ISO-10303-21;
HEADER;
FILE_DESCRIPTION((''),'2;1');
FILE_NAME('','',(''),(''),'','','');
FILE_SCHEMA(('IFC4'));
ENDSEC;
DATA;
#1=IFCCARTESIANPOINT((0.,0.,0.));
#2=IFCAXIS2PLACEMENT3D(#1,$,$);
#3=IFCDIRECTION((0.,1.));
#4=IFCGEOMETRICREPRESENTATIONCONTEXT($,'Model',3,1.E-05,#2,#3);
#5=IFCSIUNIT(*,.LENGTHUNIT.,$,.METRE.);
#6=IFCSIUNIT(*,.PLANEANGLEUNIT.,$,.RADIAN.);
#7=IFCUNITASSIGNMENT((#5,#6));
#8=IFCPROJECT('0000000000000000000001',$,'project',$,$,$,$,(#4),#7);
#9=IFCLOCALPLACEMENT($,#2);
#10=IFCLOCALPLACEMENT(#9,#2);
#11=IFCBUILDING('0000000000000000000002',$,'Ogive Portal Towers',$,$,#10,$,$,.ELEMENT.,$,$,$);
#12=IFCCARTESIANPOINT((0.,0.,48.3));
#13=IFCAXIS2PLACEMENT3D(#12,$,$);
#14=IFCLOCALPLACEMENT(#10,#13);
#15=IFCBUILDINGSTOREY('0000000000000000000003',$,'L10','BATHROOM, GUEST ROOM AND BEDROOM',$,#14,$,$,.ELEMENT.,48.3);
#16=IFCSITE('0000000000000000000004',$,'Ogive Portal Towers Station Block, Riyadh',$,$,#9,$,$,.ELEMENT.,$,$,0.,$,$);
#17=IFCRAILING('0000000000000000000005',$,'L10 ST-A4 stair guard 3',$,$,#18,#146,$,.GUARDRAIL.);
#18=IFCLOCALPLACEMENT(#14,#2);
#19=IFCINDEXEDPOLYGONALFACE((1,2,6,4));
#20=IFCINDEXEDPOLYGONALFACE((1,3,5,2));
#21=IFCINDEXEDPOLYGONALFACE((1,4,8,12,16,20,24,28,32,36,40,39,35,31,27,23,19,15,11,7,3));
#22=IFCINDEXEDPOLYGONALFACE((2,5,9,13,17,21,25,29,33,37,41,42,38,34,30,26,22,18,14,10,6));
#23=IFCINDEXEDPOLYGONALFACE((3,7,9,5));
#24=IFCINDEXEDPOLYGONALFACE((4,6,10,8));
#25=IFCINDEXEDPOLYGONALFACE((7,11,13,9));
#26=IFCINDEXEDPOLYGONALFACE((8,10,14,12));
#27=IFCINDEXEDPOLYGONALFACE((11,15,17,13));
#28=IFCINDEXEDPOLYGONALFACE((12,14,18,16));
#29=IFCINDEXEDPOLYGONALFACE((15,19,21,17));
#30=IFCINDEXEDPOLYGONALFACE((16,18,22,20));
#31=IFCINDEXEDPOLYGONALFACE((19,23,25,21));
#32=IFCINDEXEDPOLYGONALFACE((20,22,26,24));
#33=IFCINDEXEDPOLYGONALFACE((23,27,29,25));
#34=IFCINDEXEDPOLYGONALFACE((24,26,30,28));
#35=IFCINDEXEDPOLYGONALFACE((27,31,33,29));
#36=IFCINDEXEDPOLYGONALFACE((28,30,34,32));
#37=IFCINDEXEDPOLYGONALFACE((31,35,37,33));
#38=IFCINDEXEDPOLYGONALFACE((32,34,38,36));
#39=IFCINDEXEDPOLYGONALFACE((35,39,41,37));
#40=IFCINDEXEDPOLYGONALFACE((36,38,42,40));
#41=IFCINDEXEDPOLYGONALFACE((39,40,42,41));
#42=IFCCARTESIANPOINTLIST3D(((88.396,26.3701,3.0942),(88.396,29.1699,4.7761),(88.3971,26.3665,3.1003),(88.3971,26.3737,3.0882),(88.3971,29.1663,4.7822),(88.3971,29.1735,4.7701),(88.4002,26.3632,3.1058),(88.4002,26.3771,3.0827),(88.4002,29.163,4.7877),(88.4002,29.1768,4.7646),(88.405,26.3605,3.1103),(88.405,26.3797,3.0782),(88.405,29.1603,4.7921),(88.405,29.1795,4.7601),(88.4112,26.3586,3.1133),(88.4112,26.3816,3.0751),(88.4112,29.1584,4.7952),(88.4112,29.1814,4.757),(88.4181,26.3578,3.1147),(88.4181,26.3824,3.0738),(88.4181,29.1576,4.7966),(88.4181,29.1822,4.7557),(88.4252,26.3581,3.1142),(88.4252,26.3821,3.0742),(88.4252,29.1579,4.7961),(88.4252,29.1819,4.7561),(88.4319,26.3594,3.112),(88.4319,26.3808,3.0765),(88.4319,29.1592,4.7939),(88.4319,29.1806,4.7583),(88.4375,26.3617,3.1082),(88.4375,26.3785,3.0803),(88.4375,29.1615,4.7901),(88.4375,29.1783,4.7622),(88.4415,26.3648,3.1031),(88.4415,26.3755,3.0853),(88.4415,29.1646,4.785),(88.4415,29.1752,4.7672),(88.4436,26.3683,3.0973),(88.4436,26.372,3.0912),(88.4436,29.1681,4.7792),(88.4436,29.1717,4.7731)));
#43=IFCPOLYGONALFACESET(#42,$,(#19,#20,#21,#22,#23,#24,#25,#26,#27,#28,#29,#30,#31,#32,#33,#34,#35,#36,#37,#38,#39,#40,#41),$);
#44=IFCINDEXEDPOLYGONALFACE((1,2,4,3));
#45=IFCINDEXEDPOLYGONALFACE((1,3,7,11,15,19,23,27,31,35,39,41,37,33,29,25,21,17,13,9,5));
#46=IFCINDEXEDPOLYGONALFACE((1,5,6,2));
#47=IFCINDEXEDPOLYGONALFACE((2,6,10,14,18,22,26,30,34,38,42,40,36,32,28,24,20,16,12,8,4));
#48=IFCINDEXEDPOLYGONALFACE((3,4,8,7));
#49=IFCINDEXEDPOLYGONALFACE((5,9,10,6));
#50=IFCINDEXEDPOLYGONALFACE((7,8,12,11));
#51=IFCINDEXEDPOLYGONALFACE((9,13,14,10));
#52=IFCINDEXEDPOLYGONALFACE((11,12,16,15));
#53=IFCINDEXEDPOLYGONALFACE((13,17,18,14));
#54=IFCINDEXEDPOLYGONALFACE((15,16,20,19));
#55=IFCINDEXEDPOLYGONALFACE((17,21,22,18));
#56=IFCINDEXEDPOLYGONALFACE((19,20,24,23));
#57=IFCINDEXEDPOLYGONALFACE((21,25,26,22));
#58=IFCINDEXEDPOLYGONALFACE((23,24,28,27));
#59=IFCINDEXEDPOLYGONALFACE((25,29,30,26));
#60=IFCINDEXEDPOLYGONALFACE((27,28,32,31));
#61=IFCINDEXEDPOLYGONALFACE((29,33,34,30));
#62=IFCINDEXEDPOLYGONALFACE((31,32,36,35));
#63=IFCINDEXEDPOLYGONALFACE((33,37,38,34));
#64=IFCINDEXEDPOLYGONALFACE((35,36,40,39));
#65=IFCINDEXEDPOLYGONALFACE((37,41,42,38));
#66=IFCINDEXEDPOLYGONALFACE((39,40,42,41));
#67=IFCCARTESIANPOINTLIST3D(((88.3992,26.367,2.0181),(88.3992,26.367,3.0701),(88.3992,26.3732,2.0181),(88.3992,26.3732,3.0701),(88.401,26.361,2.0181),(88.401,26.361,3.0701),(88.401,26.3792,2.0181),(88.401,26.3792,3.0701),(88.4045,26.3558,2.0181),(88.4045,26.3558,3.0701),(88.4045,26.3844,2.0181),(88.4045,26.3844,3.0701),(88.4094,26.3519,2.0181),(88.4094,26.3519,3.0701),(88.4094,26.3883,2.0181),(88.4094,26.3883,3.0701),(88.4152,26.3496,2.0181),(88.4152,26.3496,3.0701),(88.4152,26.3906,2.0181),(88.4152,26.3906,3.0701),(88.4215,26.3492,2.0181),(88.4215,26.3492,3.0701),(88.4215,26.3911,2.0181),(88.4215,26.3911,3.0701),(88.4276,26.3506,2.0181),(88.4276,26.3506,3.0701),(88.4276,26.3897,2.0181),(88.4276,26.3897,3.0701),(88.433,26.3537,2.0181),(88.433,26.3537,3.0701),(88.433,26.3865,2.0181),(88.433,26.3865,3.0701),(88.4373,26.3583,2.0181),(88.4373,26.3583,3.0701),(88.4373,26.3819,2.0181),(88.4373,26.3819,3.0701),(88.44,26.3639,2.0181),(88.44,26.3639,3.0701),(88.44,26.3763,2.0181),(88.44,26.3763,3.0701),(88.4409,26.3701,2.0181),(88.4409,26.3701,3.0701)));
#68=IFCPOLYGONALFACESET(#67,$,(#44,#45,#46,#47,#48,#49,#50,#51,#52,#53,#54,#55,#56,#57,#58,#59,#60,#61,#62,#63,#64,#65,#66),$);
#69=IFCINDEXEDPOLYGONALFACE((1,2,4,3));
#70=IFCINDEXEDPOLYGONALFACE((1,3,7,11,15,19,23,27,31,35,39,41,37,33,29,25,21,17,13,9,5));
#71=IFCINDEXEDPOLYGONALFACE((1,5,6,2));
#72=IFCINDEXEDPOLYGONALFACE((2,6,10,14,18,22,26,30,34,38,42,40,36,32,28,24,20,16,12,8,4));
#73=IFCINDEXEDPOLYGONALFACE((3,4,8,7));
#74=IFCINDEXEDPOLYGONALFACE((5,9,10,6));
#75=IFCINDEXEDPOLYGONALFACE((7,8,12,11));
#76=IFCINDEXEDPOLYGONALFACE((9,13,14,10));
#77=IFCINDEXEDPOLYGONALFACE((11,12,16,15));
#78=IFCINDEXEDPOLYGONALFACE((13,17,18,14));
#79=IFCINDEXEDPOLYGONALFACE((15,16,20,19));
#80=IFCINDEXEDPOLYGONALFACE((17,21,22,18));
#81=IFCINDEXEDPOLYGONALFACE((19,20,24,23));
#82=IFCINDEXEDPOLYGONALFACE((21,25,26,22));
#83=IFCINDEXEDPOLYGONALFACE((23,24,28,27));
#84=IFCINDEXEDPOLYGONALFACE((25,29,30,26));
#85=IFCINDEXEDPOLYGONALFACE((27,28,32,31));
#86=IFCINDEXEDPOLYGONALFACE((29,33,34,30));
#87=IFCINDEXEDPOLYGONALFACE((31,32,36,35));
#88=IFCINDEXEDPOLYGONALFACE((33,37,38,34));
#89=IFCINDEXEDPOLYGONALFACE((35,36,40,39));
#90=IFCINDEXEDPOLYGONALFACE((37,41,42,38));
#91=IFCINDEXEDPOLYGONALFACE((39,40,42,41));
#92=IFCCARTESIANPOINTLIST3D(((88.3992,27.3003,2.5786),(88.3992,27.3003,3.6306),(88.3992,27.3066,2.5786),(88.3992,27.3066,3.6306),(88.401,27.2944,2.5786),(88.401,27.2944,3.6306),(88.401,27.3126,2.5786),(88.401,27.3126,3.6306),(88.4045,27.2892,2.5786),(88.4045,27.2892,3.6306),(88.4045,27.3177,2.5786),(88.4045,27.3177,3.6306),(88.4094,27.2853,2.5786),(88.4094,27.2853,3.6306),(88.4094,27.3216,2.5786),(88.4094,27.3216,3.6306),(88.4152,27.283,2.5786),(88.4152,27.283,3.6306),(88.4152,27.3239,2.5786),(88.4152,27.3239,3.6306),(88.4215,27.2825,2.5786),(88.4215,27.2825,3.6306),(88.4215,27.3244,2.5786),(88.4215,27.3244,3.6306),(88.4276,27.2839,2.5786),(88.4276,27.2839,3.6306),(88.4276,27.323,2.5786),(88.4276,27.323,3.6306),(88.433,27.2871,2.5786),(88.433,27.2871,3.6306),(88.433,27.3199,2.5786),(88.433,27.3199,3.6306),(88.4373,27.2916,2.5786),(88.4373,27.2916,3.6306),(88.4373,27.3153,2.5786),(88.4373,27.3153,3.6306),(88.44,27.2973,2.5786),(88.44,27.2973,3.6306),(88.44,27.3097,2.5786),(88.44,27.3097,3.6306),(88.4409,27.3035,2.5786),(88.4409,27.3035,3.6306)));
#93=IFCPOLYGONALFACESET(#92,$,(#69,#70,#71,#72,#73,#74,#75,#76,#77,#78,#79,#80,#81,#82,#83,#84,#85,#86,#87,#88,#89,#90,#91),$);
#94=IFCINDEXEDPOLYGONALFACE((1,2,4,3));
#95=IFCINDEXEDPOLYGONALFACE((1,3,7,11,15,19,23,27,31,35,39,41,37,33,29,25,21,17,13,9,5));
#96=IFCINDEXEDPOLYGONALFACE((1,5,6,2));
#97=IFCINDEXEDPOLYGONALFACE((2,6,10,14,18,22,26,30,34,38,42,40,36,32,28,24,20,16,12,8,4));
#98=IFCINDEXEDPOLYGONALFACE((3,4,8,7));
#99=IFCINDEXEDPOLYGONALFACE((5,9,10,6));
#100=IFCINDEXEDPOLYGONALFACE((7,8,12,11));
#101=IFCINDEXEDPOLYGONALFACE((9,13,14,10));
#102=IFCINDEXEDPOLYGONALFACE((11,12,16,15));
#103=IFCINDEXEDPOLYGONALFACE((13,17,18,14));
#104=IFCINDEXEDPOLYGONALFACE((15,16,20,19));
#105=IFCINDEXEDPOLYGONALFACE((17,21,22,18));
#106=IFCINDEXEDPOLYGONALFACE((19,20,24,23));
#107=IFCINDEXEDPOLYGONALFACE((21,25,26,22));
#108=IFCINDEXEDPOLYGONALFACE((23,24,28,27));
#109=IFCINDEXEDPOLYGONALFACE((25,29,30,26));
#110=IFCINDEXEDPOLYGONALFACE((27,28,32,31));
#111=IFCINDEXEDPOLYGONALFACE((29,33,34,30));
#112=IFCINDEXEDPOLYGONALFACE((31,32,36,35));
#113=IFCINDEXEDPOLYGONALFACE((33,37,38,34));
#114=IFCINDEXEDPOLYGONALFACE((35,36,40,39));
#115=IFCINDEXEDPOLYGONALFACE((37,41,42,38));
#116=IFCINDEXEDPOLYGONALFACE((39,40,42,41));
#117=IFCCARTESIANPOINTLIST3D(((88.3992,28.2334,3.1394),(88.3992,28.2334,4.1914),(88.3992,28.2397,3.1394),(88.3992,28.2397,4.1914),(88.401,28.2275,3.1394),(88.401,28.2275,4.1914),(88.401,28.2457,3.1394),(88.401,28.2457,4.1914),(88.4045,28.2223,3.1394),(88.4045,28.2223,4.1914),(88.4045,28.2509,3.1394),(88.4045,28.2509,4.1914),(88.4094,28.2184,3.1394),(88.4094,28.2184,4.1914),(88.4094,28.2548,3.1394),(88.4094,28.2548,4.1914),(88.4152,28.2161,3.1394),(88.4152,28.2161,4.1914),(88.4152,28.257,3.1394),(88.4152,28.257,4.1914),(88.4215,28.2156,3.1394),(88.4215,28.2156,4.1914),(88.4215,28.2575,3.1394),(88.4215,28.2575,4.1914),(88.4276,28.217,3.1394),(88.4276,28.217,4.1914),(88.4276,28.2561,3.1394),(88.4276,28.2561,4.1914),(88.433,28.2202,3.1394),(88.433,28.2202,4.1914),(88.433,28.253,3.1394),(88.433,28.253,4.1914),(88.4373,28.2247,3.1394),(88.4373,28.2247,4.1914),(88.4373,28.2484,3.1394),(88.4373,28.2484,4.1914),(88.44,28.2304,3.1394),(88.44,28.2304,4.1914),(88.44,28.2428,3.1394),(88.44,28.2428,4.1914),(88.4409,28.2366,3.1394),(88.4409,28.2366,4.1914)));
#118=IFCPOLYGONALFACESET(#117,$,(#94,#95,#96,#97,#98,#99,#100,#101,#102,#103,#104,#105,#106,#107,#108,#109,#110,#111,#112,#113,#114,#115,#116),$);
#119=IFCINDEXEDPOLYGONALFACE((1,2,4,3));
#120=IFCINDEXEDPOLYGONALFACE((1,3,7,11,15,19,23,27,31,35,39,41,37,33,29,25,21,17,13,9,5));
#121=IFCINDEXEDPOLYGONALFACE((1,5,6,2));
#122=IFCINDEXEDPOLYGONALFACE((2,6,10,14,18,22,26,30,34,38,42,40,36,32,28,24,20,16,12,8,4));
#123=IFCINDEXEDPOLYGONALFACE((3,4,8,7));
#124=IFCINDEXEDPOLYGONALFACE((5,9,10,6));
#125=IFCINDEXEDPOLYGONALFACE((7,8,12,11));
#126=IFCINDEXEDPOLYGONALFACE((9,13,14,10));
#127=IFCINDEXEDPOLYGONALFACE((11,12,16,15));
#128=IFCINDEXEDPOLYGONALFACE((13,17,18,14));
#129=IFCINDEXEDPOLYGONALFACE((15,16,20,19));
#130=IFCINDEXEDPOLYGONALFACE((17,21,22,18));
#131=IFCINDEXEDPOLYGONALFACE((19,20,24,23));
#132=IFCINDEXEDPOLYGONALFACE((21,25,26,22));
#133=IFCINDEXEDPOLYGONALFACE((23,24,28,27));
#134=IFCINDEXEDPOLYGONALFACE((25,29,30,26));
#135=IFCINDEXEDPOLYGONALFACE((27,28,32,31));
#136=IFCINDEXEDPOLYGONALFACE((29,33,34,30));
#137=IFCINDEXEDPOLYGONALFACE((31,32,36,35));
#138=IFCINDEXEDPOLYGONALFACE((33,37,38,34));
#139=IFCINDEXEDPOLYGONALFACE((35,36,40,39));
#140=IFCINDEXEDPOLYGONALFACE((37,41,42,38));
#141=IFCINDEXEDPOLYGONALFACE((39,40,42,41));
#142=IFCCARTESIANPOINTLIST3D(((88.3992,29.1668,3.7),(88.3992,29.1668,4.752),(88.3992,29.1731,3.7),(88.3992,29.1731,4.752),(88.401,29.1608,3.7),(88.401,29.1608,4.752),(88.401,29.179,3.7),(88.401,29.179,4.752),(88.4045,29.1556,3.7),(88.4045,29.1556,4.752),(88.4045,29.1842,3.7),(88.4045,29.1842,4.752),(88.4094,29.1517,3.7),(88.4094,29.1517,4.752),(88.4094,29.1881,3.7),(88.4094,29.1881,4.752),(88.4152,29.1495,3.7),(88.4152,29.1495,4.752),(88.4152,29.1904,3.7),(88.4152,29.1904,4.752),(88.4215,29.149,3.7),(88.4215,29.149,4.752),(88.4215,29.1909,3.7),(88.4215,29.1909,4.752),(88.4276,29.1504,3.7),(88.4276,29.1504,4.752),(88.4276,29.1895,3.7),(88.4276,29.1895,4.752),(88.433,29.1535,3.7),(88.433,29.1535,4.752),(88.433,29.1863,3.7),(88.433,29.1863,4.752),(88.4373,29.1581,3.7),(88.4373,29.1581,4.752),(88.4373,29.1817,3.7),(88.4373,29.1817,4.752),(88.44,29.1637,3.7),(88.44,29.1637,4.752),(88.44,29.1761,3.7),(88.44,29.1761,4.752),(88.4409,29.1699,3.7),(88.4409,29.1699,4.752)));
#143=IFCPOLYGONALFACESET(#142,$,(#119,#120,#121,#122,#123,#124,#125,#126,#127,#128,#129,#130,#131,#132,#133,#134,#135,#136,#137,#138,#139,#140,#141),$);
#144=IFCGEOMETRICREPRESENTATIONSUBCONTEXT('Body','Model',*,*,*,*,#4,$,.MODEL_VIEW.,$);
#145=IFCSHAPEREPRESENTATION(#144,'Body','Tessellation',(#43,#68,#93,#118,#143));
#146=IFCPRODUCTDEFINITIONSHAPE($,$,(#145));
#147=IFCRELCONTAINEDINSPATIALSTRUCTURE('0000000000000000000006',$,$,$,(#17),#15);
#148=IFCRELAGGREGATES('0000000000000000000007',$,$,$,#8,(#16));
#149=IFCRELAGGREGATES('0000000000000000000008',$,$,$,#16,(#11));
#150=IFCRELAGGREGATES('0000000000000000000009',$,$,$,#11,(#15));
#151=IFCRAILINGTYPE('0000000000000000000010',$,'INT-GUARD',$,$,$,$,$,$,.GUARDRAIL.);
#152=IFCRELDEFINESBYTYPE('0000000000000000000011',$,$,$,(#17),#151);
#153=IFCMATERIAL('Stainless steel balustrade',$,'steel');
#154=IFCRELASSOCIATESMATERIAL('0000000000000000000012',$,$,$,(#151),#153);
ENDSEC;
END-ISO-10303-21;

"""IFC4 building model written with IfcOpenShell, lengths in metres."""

from ifc_helpers import new_model, si_unit, direction, frame, origin, origin_2d, place, context, subcontext, project, spatial, circle, extrude, material, type_object, element, save


model = new_model("IFC4")

# Units and contexts
model_context = context("Model", 3, precision=1e-05, world=origin(), true_north=direction((0.0, 1.0)))
body_context = subcontext(model_context, "Body", "Model", "MODEL_VIEW")
ifc_project = project(units=[si_unit("LENGTHUNIT", "METRE"), si_unit("PLANEANGLEUNIT", "RADIAN")], contexts=[model_context])

# Site, building, storey
site_placement = place(None, origin())
site = spatial("IfcSite", under=ifc_project, at=site_placement, Name="Ogive Portal Towers Station Block, Riyadh", CompositionType="ELEMENT", RefElevation=0.0)
building_placement = place(site_placement, origin())
building = spatial("IfcBuilding", under=site, at=building_placement, Name="Ogive Portal Towers", CompositionType="ELEMENT")
storey_placement = place(building_placement, frame((0.0, 0.0, 48.3)))
storey = spatial("IfcBuildingStorey", under=building, at=storey_placement, Name="L10", Description="BATHROOM, GUEST ROOM AND BEDROOM", CompositionType="ELEMENT", Elevation=48.3)

# Railing
ifc_material_1 = material(Name="Stainless steel balustrade", Category="steel")
railing_type_1 = type_object("IfcRailingType", Name="INT-GUARD", PredefinedType="GUARDRAIL", material=ifc_material_1)
railing_1_placement = place(storey_placement, frame((88.4199, 26.3701, 2.0181)))
element("IfcRailing", 1, at=railing_1_placement, inside=storey, type_object=railing_type_1, Name="L10 ST-A4 stair guard 3", PredefinedType="GUARDRAIL", context=body_context, shape_type="SweptSolid", body=[
    extrude(circle(Radius=0.0239, at=origin_2d()), frame((0.0, 0.0, 1.0762), z_axis=(0.0, 0.857222, 0.514946), x_axis=(-1.0, 0.0, 0.0)), (0.0, 0.0, 1.0), 3.2661),
    extrude(circle(Radius=0.021, at=origin_2d()), origin(), (0.0, 0.0, 1.0), 1.052),
    extrude(circle(Radius=0.021, at=origin_2d()), frame((0.0, 0.9333, 0.5605)), (0.0, 0.0, 1.0), 1.052),
    extrude(circle(Radius=0.021, at=origin_2d()), frame((0.0, 1.8665, 1.1213)), (0.0, 0.0, 1.0), 1.052),
    extrude(circle(Radius=0.021, at=origin_2d()), frame((0.0, 2.7998, 1.6819)), (0.0, 0.0, 1.0), 1.052),
])

save(model, "model.ifc")
